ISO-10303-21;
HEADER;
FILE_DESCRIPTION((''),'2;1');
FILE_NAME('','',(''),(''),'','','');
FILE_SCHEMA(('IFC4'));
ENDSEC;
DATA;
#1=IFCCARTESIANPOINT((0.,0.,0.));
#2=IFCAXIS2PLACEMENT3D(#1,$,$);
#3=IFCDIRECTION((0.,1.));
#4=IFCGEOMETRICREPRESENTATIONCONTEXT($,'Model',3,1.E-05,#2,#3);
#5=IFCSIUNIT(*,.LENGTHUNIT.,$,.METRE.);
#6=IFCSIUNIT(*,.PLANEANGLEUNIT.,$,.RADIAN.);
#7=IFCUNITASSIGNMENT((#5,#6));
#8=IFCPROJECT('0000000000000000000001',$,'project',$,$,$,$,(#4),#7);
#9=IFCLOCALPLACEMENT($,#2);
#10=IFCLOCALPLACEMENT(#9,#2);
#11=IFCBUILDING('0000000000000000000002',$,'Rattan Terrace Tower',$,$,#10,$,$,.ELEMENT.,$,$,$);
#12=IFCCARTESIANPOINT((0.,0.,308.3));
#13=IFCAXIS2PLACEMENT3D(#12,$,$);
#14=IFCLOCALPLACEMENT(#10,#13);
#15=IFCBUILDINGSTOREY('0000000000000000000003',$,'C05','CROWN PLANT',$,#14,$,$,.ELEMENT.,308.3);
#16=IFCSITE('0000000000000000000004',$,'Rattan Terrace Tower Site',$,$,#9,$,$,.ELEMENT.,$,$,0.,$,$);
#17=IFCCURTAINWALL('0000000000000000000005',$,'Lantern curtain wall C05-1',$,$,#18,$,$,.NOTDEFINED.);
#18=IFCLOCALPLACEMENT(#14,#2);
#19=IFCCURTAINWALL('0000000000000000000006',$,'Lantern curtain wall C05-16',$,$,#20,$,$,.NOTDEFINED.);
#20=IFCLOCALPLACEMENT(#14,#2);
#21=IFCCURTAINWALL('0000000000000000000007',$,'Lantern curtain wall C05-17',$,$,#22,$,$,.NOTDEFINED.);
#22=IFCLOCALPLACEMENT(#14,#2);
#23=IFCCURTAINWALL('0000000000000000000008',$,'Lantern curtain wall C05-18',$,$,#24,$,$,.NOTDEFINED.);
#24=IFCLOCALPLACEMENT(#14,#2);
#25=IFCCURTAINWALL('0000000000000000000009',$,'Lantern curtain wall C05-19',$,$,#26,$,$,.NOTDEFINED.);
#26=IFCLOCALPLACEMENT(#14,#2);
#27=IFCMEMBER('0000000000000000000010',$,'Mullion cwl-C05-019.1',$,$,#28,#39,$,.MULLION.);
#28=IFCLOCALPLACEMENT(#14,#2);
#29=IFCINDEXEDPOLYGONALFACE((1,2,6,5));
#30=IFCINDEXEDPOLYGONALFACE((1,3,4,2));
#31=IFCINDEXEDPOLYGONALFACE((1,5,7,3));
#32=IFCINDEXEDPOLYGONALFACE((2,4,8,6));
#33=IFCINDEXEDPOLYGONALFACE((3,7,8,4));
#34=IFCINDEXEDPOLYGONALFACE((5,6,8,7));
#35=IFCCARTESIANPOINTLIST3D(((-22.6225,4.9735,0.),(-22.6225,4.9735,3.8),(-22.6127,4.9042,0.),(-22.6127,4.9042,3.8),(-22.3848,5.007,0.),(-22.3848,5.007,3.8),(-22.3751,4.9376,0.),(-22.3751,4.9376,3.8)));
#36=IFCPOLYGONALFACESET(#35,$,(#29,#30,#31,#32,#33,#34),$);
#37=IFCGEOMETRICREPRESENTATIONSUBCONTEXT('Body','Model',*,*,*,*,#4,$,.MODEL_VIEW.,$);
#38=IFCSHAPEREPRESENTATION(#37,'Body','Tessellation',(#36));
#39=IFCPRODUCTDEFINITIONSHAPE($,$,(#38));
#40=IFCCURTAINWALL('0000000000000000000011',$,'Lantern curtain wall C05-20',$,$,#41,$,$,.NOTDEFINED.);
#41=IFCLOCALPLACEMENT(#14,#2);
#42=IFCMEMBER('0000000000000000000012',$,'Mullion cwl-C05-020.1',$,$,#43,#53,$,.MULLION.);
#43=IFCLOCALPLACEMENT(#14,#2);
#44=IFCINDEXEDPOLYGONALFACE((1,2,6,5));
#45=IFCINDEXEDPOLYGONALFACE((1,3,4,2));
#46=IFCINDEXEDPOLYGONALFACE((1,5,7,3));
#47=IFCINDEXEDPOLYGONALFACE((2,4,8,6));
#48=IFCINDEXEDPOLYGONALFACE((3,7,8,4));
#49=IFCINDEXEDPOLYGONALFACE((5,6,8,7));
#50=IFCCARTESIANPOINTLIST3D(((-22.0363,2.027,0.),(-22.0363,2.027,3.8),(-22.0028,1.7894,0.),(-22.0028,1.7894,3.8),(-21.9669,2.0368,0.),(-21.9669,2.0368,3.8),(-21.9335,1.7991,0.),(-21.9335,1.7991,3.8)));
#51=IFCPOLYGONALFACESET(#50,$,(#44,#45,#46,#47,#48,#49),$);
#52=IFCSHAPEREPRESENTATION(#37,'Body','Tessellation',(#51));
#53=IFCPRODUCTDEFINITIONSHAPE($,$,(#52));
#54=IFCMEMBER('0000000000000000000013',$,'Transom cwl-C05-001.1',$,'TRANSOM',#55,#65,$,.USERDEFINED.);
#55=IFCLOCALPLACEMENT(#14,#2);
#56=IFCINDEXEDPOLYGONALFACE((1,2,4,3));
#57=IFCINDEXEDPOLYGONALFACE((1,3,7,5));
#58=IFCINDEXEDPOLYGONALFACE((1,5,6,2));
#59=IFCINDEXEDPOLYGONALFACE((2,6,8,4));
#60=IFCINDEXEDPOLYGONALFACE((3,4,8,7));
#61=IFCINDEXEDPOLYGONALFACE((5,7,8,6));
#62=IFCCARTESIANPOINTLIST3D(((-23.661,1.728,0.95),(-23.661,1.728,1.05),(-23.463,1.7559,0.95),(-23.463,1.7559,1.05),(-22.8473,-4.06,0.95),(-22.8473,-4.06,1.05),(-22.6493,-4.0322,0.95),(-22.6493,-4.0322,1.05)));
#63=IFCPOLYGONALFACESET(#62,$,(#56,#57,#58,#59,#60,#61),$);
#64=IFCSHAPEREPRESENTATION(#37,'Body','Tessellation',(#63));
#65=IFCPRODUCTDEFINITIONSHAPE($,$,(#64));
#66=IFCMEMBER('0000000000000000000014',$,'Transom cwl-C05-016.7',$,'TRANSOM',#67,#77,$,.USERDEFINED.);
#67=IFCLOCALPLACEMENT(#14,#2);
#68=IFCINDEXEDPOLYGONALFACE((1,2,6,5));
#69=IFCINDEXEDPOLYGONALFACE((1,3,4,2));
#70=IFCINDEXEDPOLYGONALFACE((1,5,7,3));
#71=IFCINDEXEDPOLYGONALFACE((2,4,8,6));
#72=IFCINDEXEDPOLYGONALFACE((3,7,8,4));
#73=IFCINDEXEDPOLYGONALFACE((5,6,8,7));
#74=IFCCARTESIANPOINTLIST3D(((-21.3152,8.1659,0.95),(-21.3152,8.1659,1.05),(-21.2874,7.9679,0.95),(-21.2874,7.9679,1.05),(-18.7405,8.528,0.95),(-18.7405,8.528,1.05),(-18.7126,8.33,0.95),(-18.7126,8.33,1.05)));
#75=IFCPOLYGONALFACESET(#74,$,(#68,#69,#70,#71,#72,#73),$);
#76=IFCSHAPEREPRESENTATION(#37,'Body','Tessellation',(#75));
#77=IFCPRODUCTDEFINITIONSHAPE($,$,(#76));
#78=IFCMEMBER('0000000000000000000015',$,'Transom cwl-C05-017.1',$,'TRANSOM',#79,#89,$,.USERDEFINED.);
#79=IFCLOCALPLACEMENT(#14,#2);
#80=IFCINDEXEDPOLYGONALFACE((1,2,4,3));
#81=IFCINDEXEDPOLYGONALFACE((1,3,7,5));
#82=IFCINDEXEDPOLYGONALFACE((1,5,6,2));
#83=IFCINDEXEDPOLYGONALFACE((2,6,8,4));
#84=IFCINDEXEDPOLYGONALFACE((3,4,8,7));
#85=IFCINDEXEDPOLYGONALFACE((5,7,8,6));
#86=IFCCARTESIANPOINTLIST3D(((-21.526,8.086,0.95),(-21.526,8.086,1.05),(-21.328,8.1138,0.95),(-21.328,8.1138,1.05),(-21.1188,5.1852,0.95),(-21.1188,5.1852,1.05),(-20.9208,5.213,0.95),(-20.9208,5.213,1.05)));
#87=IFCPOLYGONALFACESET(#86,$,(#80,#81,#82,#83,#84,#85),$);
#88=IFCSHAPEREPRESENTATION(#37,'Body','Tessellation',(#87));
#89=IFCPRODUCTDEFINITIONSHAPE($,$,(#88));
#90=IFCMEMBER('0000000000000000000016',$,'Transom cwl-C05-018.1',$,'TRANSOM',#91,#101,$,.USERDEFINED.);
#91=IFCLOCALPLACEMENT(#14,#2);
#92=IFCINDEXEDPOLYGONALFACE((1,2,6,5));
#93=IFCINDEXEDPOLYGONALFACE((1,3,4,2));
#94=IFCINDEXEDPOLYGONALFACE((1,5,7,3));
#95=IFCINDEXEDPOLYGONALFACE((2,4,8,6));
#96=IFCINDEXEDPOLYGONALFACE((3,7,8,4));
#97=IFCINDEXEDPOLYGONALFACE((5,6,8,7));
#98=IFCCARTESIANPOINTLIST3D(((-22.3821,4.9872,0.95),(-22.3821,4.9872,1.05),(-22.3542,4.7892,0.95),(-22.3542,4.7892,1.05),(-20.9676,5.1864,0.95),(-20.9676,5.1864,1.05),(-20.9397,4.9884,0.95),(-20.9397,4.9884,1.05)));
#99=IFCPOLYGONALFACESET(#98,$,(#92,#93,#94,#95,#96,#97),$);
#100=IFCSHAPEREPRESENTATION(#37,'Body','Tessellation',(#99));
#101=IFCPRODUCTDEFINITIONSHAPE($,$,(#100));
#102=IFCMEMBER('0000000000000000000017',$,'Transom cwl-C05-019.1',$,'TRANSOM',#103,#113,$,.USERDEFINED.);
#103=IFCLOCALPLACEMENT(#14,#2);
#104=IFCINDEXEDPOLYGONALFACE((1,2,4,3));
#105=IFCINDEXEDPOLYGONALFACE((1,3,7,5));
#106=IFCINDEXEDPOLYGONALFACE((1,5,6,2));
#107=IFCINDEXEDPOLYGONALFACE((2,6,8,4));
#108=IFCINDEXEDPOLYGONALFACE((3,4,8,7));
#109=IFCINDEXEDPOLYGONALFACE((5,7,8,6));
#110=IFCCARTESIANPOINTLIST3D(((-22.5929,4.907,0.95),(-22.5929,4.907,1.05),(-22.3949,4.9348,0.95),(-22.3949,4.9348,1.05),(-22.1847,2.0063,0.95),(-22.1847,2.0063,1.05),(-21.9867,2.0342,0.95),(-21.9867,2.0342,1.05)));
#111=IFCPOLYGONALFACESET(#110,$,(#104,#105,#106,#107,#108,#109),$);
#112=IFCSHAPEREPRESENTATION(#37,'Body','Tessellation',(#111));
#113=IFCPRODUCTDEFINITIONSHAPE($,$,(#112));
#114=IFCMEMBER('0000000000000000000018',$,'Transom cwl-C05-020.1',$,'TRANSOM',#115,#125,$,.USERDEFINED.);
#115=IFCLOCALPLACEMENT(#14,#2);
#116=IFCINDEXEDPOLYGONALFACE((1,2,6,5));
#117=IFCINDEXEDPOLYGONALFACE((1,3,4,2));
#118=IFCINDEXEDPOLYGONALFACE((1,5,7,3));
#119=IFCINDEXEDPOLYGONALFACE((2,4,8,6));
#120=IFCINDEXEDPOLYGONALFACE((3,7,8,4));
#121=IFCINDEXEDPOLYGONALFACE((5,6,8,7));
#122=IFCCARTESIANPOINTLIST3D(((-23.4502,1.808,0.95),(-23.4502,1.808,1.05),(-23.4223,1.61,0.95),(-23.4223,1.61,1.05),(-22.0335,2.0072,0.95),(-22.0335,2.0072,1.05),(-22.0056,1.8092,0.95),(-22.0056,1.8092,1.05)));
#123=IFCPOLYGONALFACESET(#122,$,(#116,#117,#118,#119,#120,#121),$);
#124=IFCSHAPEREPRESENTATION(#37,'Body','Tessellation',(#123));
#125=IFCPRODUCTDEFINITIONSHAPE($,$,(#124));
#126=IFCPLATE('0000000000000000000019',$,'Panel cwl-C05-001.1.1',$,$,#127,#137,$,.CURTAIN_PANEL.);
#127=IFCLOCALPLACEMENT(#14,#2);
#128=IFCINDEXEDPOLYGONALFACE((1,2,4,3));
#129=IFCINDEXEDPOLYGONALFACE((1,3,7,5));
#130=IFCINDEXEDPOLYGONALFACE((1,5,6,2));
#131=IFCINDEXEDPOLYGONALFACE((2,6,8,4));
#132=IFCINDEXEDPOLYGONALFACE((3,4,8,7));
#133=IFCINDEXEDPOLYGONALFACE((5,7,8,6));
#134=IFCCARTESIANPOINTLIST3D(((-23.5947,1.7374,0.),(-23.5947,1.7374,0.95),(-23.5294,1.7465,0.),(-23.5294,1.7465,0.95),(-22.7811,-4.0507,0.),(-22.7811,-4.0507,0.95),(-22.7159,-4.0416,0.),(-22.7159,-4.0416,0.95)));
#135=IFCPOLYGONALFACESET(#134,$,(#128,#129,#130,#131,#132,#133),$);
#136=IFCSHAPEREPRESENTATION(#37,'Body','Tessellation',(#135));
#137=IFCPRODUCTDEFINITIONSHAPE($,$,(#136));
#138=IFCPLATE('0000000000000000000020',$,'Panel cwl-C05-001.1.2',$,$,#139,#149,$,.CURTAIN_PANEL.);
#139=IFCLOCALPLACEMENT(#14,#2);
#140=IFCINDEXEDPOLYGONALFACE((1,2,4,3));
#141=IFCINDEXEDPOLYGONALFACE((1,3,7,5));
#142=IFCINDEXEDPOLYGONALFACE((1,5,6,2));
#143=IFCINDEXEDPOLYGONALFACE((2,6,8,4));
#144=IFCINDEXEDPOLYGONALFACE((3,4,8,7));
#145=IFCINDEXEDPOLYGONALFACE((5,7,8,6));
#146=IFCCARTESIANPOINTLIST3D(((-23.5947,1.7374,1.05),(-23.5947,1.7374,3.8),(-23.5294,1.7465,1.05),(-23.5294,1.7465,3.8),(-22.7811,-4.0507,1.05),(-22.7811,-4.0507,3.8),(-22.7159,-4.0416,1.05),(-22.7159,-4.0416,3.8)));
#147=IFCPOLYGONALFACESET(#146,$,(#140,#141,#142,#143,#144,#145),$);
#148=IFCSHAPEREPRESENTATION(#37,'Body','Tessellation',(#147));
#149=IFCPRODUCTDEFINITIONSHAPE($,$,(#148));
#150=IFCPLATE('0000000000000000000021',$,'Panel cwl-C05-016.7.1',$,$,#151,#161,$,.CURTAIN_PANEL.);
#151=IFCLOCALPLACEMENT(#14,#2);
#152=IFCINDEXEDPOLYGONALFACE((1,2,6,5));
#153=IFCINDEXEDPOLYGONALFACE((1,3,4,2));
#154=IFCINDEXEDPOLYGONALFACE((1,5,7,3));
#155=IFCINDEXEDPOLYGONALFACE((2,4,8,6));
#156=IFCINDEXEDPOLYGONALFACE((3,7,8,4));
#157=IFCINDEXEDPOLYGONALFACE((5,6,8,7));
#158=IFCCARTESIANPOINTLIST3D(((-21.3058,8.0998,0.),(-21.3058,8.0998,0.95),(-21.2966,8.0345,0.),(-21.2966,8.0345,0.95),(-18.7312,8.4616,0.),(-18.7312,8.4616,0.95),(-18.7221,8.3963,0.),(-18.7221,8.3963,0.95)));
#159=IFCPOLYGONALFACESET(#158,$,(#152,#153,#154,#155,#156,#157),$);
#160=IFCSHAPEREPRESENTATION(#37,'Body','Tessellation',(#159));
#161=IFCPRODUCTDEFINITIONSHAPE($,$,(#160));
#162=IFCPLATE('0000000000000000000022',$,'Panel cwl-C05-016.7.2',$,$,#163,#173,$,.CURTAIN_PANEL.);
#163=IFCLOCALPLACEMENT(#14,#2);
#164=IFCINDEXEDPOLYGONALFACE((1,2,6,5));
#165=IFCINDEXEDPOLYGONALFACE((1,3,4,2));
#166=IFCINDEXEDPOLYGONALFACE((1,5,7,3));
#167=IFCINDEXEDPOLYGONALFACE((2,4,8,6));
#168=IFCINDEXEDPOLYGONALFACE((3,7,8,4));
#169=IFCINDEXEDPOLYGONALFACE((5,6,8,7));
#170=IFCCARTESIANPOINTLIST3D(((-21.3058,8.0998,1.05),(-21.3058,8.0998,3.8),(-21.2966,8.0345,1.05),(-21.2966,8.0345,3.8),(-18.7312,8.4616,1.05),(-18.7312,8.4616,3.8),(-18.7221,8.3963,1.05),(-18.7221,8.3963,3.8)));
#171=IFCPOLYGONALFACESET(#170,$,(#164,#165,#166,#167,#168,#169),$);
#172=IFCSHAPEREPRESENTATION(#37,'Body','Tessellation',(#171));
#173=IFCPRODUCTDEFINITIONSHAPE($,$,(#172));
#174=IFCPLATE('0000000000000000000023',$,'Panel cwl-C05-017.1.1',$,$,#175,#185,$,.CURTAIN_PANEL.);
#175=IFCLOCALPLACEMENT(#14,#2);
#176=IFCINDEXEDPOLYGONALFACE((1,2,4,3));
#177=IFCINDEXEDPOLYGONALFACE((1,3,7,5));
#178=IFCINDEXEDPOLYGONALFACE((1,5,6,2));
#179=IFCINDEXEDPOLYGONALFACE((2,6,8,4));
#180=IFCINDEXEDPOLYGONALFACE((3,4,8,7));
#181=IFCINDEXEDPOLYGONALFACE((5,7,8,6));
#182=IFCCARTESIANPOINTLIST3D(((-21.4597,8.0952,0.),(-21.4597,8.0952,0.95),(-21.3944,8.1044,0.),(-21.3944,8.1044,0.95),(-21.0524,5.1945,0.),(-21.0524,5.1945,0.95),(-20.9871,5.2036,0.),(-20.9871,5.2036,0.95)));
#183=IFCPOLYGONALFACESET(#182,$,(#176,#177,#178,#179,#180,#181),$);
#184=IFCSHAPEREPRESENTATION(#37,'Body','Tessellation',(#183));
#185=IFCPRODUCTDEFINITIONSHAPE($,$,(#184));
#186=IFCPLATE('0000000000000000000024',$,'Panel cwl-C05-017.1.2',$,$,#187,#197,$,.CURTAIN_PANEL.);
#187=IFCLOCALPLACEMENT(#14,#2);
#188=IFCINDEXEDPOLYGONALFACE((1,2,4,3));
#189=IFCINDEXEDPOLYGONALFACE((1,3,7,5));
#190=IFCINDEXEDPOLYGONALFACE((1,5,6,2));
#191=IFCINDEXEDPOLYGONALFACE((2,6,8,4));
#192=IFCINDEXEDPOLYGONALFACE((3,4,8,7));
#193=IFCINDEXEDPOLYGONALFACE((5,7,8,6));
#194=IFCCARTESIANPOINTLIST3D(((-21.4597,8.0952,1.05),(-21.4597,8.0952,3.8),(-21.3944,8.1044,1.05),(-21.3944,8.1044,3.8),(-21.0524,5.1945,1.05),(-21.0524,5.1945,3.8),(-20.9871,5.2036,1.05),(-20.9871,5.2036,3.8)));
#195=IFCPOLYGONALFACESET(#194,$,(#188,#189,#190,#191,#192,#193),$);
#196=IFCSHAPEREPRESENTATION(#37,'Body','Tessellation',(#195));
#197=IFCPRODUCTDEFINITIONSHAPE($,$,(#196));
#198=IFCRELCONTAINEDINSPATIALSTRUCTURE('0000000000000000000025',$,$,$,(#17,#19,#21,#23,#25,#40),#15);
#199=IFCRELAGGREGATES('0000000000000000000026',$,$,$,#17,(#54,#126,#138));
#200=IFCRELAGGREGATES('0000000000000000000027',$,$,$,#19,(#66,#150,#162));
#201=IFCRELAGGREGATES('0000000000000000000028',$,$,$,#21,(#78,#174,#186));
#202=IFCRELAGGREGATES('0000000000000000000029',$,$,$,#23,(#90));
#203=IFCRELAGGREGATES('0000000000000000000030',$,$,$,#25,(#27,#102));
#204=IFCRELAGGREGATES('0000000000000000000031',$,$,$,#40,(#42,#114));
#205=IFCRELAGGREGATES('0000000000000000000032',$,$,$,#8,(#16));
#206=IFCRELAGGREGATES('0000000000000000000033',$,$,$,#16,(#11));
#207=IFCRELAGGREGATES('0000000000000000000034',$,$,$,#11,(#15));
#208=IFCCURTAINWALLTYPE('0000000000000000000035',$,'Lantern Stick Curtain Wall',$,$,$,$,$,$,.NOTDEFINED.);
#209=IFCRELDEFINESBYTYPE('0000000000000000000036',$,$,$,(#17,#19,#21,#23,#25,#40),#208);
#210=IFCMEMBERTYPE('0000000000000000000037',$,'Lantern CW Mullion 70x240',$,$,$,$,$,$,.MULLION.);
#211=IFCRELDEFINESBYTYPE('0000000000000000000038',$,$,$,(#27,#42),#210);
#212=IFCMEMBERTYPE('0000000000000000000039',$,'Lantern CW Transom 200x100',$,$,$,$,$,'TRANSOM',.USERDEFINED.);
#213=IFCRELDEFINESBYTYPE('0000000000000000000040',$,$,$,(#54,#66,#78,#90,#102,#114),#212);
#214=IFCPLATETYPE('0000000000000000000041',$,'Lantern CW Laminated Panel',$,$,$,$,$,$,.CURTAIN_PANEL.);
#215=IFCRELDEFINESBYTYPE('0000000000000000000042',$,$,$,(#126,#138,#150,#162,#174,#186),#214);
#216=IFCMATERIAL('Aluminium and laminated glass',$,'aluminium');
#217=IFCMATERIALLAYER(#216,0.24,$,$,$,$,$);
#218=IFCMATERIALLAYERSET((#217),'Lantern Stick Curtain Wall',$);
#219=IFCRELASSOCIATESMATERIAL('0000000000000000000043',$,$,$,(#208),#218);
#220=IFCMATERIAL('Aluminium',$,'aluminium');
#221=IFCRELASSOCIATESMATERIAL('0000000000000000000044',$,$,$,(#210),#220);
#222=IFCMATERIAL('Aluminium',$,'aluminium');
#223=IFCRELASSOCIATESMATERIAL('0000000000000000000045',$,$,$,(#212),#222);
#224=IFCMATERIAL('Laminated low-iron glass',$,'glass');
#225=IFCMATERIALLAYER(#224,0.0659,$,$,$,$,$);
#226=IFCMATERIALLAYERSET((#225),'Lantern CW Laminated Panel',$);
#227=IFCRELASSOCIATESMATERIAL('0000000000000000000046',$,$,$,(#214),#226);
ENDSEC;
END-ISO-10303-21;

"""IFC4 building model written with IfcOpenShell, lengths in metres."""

from ifc_helpers import new_model, si_unit, direction, frame, origin, origin_2d, place, context, subcontext, project, spatial, rectangle, extrude, material, layer, layer_set, material_profile, profile_set, type_object, element, aggregate, save


model = new_model("IFC4")

# Units and contexts
model_context = context("Model", 3, precision=1e-05, world=origin(), true_north=direction((0.0, 1.0)))
body_context = subcontext(model_context, "Body", "Model", "MODEL_VIEW")
ifc_project = project(units=[si_unit("LENGTHUNIT", "METRE"), si_unit("PLANEANGLEUNIT", "RADIAN")], contexts=[model_context])

# Site, building, storey
site_placement = place(None, origin())
site = spatial("IfcSite", under=ifc_project, at=site_placement, Name="Rattan Terrace Tower Site", CompositionType="ELEMENT", RefElevation=0.0)
building_placement = place(site_placement, origin())
building = spatial("IfcBuilding", under=site, at=building_placement, Name="Rattan Terrace Tower", CompositionType="ELEMENT")
storey_placement = place(building_placement, frame((0.0, 0.0, 308.3)))
storey = spatial("IfcBuildingStorey", under=building, at=storey_placement, Name="C05", Description="CROWN PLANT", CompositionType="ELEMENT", Elevation=308.3)

# Curtain walls, members
ifc_material_1 = material(Name="Aluminium and laminated glass", Category="aluminium")
ifc_layer_1 = layer(ifc_material_1, 0.24)
ifc_layer_set_1 = layer_set([ifc_layer_1], Name="Lantern Stick Curtain Wall")
curtain_wall_type = type_object("IfcCurtainWallType", Name="Lantern Stick Curtain Wall", PredefinedType="NOTDEFINED", material=ifc_layer_set_1)
curtain_wall_1_placement = place(storey_placement, origin())
curtain_wall_1 = element("IfcCurtainWall", 1, at=curtain_wall_1_placement, inside=storey, type_object=curtain_wall_type, Name="Lantern curtain wall C05-1", PredefinedType="NOTDEFINED")
ifc_material_2 = material(Name="Aluminium", Category="aluminium")
ifc_material_profile_1 = material_profile(ifc_material_2, rectangle(XDim=0.0701, YDim=0.24, at=origin_2d()), Name="Aluminium 70x240")
ifc_profile_set_1 = profile_set([ifc_material_profile_1], Name="Aluminium")
member_type_1 = type_object("IfcMemberType", Name="Lantern CW Mullion 70x240", PredefinedType="MULLION", material=ifc_profile_set_1)
curtain_wall_2_placement = place(storey_placement, origin())
curtain_wall_2 = element("IfcCurtainWall", 2, at=curtain_wall_2_placement, inside=storey, type_object=curtain_wall_type, Name="Lantern curtain wall C05-16", PredefinedType="NOTDEFINED")
curtain_wall_3_placement = place(storey_placement, origin())
curtain_wall_3 = element("IfcCurtainWall", 3, at=curtain_wall_3_placement, inside=storey, type_object=curtain_wall_type, Name="Lantern curtain wall C05-17", PredefinedType="NOTDEFINED")
curtain_wall_4_placement = place(storey_placement, origin())
curtain_wall_4 = element("IfcCurtainWall", 4, at=curtain_wall_4_placement, inside=storey, type_object=curtain_wall_type, Name="Lantern curtain wall C05-18", PredefinedType="NOTDEFINED")
curtain_wall_5_placement = place(storey_placement, origin())
curtain_wall_5 = element("IfcCurtainWall", 5, at=curtain_wall_5_placement, inside=storey, type_object=curtain_wall_type, Name="Lantern curtain wall C05-19", PredefinedType="NOTDEFINED")
member_1_placement = place(storey_placement, frame((-22.4988, 4.9556, 0.0), z_axis=(0.0, 0.0, 1.0), x_axis=(0.139367, -0.990241, 0.0)))
member_1 = element("IfcMember", 6, at=member_1_placement, type_object=member_type_1, Name="Mullion cwl-C05-019.1", PredefinedType="MULLION", context=body_context, shape_type="SweptSolid", body=[
    extrude(rectangle(XDim=0.0701, YDim=0.24, at=origin_2d()), origin(), (0.0, 0.0, 1.0), 3.8),
])
curtain_wall_6_placement = place(storey_placement, origin())
curtain_wall_6 = element("IfcCurtainWall", 7, at=curtain_wall_6_placement, inside=storey, type_object=curtain_wall_type, Name="Lantern curtain wall C05-20", PredefinedType="NOTDEFINED")
member_2_placement = place(storey_placement, frame((-21.9849, 1.9131, 0.0), z_axis=(0.0, 0.0, 1.0), x_axis=(-0.990254, -0.139275, 0.0)))
member_2 = element("IfcMember", 8, at=member_2_placement, type_object=member_type_1, Name="Mullion cwl-C05-020.1", PredefinedType="MULLION", context=body_context, shape_type="SweptSolid", body=[
    extrude(rectangle(XDim=0.0701, YDim=0.24, at=origin_2d()), origin(), (0.0, 0.0, 1.0), 3.8),
])

# Members
ifc_material_3 = material(Name="Aluminium", Category="aluminium")
ifc_material_profile_2 = material_profile(ifc_material_3, rectangle(XDim=0.2, YDim=0.1001, at=origin_2d()), Name="Aluminium 200x100")
ifc_profile_set_2 = profile_set([ifc_material_profile_2], Name="Aluminium")
member_type_2 = type_object("IfcMemberType", Name="Lantern CW Transom 200x100", ElementType="TRANSOM", PredefinedType="USERDEFINED", material=ifc_profile_set_2)
member_3_placement = place(storey_placement, frame((-23.562, 1.7419, 1.0), z_axis=(0.139216, -0.990262, 0.0), x_axis=(0.990262, 0.139216, 0.0)))
member_3 = element("IfcMember", 9, at=member_3_placement, type_object=member_type_2, Name="Transom cwl-C05-001.1", ObjectType="TRANSOM", PredefinedType="USERDEFINED", context=body_context, shape_type="SweptSolid", body=[
    extrude(rectangle(XDim=0.2, YDim=0.1001, at=origin_2d()), origin(), (0.0, 0.0, 1.0), 5.845),
])
member_4_placement = place(storey_placement, frame((-18.7266, 8.429, 1.0), z_axis=(-0.990257, -0.139252, 0.0), x_axis=(0.139252, -0.990257, 0.0)))
member_4 = element("IfcMember", 10, at=member_4_placement, type_object=member_type_2, Name="Transom cwl-C05-016.7", ObjectType="TRANSOM", PredefinedType="USERDEFINED", context=body_context, shape_type="SweptSolid", body=[
    extrude(rectangle(XDim=0.2, YDim=0.1001, at=origin_2d()), origin(), (0.0, 0.0, 1.0), 2.6001),
])
member_5_placement = place(storey_placement, frame((-21.427, 8.0999, 1.0), z_axis=(0.139029, -0.990288, 0.0), x_axis=(0.990288, 0.139029, 0.0)))
member_5 = element("IfcMember", 11, at=member_5_placement, type_object=member_type_2, Name="Transom cwl-C05-017.1", ObjectType="TRANSOM", PredefinedType="USERDEFINED", context=body_context, shape_type="SweptSolid", body=[
    extrude(rectangle(XDim=0.2, YDim=0.1001, at=origin_2d()), origin(), (0.0, 0.0, 1.0), 2.9292),
])
member_6_placement = place(storey_placement, frame((-20.9536, 5.0874, 1.0), z_axis=(-0.990228, -0.139459, 0.0), x_axis=(0.139459, -0.990228, 0.0)))
member_6 = element("IfcMember", 12, at=member_6_placement, type_object=member_type_2, Name="Transom cwl-C05-018.1", ObjectType="TRANSOM", PredefinedType="USERDEFINED", context=body_context, shape_type="SweptSolid", body=[
    extrude(rectangle(XDim=0.2, YDim=0.1001, at=origin_2d()), origin(), (0.0, 0.0, 1.0), 1.4285),
])
member_7_placement = place(storey_placement, frame((-22.4939, 4.9209, 1.0), z_axis=(0.139356, -0.990242, 0.0), x_axis=(0.990242, 0.139356, 0.0)))
member_7 = element("IfcMember", 13, at=member_7_placement, type_object=member_type_2, Name="Transom cwl-C05-019.1", ObjectType="TRANSOM", PredefinedType="USERDEFINED", context=body_context, shape_type="SweptSolid", body=[
    extrude(rectangle(XDim=0.2, YDim=0.1001, at=origin_2d()), origin(), (0.0, 0.0, 1.0), 2.9292),
])
member_8_placement = place(storey_placement, frame((-22.0195, 1.9082, 1.0), z_axis=(-0.990258, -0.139247, 0.0), x_axis=(0.139247, -0.990258, 0.0)))
member_8 = element("IfcMember", 14, at=member_8_placement, type_object=member_type_2, Name="Transom cwl-C05-020.1", ObjectType="TRANSOM", PredefinedType="USERDEFINED", context=body_context, shape_type="SweptSolid", body=[
    extrude(rectangle(XDim=0.2, YDim=0.1001, at=origin_2d()), origin(), (0.0, 0.0, 1.0), 1.4307),
])

# Plates
ifc_material_4 = material(Name="Laminated low-iron glass", Category="glass")
ifc_layer_2 = layer(ifc_material_4, 0.0659)
ifc_layer_set_2 = layer_set([ifc_layer_2], Name="Lantern CW Laminated Panel")
plate_type = type_object("IfcPlateType", Name="Lantern CW Laminated Panel", PredefinedType="CURTAIN_PANEL", material=ifc_layer_set_2)
plate_1_placement = place(storey_placement, frame((-23.1553, -1.1521, 0.0), z_axis=(0.0, 0.0, 1.0), x_axis=(0.139188, -0.990266, 0.0)))
plate_1 = element("IfcPlate", 15, at=plate_1_placement, type_object=plate_type, Name="Panel cwl-C05-001.1.1", PredefinedType="CURTAIN_PANEL", context=body_context, shape_type="SweptSolid", body=[
    extrude(rectangle(XDim=5.845, YDim=0.0659, at=origin_2d()), origin(), (0.0, 0.0, 1.0), 0.95),
])
plate_2_placement = place(storey_placement, frame((-23.1553, -1.1521, 1.05), z_axis=(0.0, 0.0, 1.0), x_axis=(0.139188, -0.990266, 0.0)))
plate_2 = element("IfcPlate", 16, at=plate_2_placement, type_object=plate_type, Name="Panel cwl-C05-001.1.2", PredefinedType="CURTAIN_PANEL", context=body_context, shape_type="SweptSolid", body=[
    extrude(rectangle(XDim=5.845, YDim=0.0659, at=origin_2d()), origin(), (0.0, 0.0, 1.0), 2.75),
])
aggregate(curtain_wall_1, [member_3, plate_1, plate_2])
plate_3_placement = place(storey_placement, frame((-20.0139, 8.248, 0.0), z_axis=(0.0, 0.0, 1.0), x_axis=(-0.990267, -0.139181, 0.0)))
plate_3 = element("IfcPlate", 17, at=plate_3_placement, type_object=plate_type, Name="Panel cwl-C05-016.7.1", PredefinedType="CURTAIN_PANEL", context=body_context, shape_type="SweptSolid", body=[
    extrude(rectangle(XDim=2.5999, YDim=0.0659, at=origin_2d()), origin(), (0.0, 0.0, 1.0), 0.95),
])
plate_4_placement = place(storey_placement, frame((-20.0139, 8.248, 1.05), z_axis=(0.0, 0.0, 1.0), x_axis=(-0.990267, -0.139181, 0.0)))
plate_4 = element("IfcPlate", 18, at=plate_4_placement, type_object=plate_type, Name="Panel cwl-C05-016.7.2", PredefinedType="CURTAIN_PANEL", context=body_context, shape_type="SweptSolid", body=[
    extrude(rectangle(XDim=2.5999, YDim=0.0659, at=origin_2d()), origin(), (0.0, 0.0, 1.0), 2.75),
])
aggregate(curtain_wall_2, [member_4, plate_3, plate_4])
plate_5_placement = place(storey_placement, frame((-21.2234, 6.6494, 0.0), z_axis=(0.0, 0.0, 1.0), x_axis=(0.13904, -0.990287, 0.0)))
plate_5 = element("IfcPlate", 19, at=plate_5_placement, type_object=plate_type, Name="Panel cwl-C05-017.1.1", PredefinedType="CURTAIN_PANEL", context=body_context, shape_type="SweptSolid", body=[
    extrude(rectangle(XDim=2.9292, YDim=0.0659, at=origin_2d()), origin(), (0.0, 0.0, 1.0), 0.95),
])
plate_6_placement = place(storey_placement, frame((-21.2234, 6.6494, 1.05), z_axis=(0.0, 0.0, 1.0), x_axis=(0.13904, -0.990287, 0.0)))
plate_6 = element("IfcPlate", 20, at=plate_6_placement, type_object=plate_type, Name="Panel cwl-C05-017.1.2", PredefinedType="CURTAIN_PANEL", context=body_context, shape_type="SweptSolid", body=[
    extrude(rectangle(XDim=2.9292, YDim=0.0659, at=origin_2d()), origin(), (0.0, 0.0, 1.0), 2.75),
])
aggregate(curtain_wall_3, [member_5, plate_5, plate_6])
aggregate(curtain_wall_4, [member_6])
aggregate(curtain_wall_5, [member_1, member_7])
aggregate(curtain_wall_6, [member_2, member_8])

save(model, "model.ifc")
